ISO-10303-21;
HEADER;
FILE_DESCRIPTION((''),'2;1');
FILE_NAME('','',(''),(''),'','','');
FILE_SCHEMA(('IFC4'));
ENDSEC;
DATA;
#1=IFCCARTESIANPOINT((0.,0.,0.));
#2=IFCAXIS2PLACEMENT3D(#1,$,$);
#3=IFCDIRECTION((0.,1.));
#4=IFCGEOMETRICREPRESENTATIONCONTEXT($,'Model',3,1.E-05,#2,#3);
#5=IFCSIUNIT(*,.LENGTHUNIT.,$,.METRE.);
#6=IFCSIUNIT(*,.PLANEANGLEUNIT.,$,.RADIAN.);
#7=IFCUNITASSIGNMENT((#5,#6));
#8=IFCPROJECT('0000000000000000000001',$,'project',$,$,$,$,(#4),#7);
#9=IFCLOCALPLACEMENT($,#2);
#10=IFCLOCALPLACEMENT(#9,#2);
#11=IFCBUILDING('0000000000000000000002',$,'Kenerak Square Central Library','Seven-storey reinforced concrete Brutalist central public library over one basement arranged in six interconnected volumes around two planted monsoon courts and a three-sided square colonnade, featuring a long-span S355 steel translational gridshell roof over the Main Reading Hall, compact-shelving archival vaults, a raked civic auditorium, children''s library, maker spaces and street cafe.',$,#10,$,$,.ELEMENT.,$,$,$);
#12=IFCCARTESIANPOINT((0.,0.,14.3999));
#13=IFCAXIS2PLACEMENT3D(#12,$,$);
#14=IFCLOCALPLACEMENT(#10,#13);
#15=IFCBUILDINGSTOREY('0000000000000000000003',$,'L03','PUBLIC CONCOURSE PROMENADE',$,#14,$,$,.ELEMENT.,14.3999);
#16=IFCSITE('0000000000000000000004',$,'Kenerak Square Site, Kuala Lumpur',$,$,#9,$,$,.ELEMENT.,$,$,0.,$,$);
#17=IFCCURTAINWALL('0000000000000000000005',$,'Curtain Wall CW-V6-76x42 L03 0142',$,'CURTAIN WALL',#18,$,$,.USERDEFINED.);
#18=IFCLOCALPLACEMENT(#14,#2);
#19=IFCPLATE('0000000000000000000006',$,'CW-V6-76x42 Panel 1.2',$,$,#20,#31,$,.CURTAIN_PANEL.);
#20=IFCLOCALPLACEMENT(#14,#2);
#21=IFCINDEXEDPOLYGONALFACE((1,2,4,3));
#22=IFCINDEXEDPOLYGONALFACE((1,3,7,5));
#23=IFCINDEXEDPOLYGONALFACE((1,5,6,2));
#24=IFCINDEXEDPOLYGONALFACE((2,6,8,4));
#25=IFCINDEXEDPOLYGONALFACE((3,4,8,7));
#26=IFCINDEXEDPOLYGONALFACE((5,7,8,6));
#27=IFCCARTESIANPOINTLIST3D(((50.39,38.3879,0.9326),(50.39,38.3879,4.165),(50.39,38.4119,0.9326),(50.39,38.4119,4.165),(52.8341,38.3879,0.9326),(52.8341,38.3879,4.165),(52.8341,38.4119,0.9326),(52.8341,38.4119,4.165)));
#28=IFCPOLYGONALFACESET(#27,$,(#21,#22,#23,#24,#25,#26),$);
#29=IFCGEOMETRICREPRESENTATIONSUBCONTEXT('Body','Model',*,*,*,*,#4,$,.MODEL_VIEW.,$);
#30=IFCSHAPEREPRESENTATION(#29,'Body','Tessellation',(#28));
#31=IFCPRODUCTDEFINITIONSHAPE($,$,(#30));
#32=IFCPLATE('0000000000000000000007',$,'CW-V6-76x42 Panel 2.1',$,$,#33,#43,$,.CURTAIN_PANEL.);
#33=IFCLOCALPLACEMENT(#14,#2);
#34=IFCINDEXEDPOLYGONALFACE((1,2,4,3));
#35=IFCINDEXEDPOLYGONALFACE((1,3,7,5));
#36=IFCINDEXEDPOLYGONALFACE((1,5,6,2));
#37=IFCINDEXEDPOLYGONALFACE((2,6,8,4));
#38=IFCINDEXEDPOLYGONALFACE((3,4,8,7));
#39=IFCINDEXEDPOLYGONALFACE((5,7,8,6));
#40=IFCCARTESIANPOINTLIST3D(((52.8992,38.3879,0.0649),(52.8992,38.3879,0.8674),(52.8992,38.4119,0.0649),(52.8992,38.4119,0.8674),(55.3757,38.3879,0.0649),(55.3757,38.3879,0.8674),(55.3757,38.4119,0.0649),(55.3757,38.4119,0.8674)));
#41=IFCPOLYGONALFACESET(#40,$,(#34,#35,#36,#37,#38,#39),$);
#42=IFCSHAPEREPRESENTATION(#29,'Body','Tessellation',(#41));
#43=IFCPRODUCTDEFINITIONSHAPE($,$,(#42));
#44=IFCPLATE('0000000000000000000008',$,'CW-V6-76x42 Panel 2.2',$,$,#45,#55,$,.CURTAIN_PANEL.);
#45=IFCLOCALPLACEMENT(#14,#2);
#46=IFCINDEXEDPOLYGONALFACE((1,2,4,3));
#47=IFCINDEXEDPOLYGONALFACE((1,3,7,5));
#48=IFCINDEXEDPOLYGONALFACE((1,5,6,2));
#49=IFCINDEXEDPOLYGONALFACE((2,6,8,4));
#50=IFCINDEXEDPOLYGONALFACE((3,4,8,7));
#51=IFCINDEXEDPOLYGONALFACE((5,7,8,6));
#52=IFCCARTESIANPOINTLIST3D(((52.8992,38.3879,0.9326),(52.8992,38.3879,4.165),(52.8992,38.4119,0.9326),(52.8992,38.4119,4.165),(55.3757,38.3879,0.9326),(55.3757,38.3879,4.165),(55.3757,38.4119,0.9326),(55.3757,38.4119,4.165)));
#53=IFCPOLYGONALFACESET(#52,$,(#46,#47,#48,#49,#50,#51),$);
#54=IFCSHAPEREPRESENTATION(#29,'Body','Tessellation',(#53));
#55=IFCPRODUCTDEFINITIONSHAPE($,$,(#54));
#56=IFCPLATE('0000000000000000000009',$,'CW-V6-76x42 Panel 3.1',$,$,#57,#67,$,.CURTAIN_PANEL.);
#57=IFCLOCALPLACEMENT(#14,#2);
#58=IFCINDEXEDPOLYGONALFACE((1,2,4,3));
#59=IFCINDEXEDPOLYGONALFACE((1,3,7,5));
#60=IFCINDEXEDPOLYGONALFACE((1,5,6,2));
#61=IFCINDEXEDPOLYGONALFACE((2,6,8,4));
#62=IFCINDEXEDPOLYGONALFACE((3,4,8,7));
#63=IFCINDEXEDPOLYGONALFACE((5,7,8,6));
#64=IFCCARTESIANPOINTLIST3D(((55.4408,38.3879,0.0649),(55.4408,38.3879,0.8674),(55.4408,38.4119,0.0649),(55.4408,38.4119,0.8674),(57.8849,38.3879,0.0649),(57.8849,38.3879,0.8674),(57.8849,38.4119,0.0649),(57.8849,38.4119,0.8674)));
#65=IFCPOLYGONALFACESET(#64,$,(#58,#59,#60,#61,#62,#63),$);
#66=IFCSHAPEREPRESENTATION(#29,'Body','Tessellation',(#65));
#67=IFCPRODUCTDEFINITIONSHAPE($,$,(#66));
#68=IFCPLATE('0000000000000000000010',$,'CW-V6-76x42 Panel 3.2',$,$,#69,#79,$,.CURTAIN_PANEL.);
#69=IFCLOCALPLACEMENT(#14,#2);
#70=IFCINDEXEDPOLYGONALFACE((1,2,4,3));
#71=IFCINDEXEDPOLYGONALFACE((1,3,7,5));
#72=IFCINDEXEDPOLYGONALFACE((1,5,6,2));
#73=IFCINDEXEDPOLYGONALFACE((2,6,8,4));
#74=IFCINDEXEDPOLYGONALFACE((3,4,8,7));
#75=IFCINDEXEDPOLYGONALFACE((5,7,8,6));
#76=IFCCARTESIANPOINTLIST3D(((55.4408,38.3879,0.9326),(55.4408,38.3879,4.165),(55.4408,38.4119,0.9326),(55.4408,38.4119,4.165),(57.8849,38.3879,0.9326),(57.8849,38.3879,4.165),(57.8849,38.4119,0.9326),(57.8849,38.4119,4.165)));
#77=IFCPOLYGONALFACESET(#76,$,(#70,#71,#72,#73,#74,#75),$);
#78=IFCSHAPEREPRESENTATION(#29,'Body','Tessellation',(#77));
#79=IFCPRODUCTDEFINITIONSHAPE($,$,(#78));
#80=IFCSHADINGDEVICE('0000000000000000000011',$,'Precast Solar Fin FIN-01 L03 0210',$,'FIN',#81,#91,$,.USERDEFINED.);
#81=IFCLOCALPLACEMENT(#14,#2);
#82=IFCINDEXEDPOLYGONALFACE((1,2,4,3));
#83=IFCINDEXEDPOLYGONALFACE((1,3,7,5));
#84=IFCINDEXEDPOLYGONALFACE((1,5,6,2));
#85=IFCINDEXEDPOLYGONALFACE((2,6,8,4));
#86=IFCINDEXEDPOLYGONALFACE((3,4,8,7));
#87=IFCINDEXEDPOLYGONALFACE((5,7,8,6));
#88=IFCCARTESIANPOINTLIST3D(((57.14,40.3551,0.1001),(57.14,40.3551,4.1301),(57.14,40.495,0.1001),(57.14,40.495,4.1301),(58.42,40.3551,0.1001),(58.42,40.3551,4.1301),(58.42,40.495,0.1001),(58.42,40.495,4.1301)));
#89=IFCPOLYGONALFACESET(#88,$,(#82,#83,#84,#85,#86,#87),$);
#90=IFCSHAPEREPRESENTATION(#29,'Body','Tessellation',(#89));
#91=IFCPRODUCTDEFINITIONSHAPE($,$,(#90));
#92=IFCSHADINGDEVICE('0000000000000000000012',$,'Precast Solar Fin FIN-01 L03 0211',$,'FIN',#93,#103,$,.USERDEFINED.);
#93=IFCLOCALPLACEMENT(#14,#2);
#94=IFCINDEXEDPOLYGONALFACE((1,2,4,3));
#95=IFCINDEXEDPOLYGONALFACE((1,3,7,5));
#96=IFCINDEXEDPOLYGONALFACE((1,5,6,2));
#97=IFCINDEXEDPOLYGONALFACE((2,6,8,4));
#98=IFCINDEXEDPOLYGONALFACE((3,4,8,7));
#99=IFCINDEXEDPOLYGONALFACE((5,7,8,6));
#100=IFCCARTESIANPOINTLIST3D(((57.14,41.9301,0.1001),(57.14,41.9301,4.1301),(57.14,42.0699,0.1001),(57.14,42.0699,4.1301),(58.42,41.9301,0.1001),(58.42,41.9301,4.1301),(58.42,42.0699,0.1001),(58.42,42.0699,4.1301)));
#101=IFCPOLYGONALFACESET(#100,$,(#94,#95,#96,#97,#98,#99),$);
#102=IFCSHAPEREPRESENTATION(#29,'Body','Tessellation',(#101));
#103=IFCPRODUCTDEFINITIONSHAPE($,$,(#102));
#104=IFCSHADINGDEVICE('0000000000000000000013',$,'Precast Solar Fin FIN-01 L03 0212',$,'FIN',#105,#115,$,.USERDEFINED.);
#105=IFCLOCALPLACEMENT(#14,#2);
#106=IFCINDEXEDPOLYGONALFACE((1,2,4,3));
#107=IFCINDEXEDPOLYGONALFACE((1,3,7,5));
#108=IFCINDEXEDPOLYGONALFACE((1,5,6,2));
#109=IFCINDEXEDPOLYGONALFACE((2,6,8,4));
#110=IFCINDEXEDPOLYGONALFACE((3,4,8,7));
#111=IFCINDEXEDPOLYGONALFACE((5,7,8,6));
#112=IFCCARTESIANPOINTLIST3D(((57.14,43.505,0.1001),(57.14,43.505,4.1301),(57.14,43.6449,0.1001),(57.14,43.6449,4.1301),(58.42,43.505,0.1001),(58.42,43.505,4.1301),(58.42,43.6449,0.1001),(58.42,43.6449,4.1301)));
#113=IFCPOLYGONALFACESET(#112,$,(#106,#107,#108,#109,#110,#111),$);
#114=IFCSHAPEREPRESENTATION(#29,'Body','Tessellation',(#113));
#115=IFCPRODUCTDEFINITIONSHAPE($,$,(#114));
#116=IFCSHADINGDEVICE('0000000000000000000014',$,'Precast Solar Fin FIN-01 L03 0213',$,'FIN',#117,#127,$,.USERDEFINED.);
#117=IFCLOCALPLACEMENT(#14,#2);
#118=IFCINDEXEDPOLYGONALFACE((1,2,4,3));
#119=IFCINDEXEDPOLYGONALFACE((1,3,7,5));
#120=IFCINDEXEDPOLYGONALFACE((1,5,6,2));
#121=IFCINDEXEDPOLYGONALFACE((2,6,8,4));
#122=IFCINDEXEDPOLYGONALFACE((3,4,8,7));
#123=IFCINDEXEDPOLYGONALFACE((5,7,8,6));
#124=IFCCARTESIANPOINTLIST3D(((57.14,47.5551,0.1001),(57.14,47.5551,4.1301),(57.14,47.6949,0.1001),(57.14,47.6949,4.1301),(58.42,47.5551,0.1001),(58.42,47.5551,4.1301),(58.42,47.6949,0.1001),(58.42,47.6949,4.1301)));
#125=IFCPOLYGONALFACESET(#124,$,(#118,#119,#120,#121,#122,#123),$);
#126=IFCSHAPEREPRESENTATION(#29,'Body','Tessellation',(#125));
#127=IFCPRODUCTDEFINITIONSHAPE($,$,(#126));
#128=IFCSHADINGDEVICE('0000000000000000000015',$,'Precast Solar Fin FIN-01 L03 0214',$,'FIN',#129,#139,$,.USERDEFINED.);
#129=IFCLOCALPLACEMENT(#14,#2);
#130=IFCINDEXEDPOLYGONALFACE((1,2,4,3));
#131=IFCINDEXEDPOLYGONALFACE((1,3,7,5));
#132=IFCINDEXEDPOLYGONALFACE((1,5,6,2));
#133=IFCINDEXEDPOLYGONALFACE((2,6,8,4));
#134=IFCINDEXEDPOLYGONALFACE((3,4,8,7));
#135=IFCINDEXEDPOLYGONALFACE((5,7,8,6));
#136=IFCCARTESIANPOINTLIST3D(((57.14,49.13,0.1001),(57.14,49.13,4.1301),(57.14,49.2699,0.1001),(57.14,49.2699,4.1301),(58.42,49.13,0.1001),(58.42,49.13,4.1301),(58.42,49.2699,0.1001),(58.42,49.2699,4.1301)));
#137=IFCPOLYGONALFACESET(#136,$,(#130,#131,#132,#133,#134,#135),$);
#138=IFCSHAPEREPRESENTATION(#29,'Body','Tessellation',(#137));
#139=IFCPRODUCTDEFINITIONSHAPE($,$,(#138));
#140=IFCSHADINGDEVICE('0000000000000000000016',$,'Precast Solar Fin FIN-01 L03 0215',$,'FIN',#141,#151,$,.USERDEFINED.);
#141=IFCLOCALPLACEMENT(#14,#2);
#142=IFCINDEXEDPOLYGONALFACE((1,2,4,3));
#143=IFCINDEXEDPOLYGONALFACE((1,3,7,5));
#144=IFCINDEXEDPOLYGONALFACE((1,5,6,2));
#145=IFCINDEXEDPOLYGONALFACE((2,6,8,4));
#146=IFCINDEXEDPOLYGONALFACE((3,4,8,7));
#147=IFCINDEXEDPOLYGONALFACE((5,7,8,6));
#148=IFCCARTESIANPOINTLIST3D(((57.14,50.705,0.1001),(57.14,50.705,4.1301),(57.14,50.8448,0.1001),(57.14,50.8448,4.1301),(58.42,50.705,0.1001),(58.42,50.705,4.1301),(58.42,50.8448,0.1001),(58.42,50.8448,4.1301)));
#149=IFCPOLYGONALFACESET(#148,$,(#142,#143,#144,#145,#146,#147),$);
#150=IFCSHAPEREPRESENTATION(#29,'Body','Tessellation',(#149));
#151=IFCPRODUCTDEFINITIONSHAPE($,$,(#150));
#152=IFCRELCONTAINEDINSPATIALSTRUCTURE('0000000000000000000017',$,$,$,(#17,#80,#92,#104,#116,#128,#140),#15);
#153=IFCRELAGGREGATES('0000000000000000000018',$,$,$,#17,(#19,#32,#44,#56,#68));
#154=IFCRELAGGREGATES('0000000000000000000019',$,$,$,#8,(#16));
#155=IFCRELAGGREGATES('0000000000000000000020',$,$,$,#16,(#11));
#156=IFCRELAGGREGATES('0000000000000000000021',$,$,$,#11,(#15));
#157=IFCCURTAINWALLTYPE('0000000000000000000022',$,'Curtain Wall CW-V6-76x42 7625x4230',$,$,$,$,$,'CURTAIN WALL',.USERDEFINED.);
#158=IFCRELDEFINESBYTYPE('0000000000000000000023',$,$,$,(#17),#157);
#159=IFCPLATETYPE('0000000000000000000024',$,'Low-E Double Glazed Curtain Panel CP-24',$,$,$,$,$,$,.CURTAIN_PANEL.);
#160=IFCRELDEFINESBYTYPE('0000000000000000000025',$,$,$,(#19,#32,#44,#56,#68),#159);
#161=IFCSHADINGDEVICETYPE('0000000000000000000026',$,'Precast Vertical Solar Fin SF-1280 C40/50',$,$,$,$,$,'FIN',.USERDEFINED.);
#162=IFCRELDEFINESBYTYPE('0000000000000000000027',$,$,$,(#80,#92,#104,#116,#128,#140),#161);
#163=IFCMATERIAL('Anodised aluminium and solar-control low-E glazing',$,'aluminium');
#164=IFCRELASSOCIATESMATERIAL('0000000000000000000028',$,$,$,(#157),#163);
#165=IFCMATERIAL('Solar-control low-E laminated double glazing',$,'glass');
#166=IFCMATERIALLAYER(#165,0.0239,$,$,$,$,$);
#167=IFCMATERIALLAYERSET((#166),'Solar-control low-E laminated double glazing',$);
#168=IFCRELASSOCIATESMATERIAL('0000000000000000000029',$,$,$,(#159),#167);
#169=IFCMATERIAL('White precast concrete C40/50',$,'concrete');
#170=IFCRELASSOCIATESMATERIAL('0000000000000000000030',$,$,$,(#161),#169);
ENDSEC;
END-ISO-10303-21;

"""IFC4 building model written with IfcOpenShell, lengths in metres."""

from ifc_helpers import new_model, si_unit, direction, frame, origin, origin_2d, place, context, subcontext, project, spatial, rectangle, extrude, material, layer, layer_set, type_object, element, aggregate, save


model = new_model("IFC4")

# Units and contexts
model_context = context("Model", 3, precision=1e-05, world=origin(), true_north=direction((0.0, 1.0)))
body_context = subcontext(model_context, "Body", "Model", "MODEL_VIEW")
ifc_project = project(units=[si_unit("LENGTHUNIT", "METRE"), si_unit("PLANEANGLEUNIT", "RADIAN")], contexts=[model_context])

# Site, building, storey
site_placement = place(None, origin())
site = spatial("IfcSite", under=ifc_project, at=site_placement, Name="Kenerak Square Site, Kuala Lumpur", CompositionType="ELEMENT", RefElevation=0.0)
building_placement = place(site_placement, origin())
building = spatial("IfcBuilding", under=site, at=building_placement, Name="Kenerak Square Central Library", Description="Seven-storey reinforced concrete Brutalist central public library over one basement arranged in six interconnected volumes around two planted monsoon courts and a three-sided square colonnade, featuring a long-span S355 steel translational gridshell roof over the Main Reading Hall, compact-shelving archival vaults, a raked civic auditorium, children's library, maker spaces and street cafe.", CompositionType="ELEMENT")
storey_placement = place(building_placement, frame((0.0, 0.0, 14.3999)))
storey = spatial("IfcBuildingStorey", under=building, at=storey_placement, Name="L03", Description="PUBLIC CONCOURSE PROMENADE", CompositionType="ELEMENT", Elevation=14.3999)

# Curtain wall, plates
ifc_material_1 = material(Name="Anodised aluminium and solar-control low-E glazing", Category="aluminium")
curtain_wall_type = type_object("IfcCurtainWallType", Name="Curtain Wall CW-V6-76x42 7625x4230", ElementType="CURTAIN WALL", PredefinedType="USERDEFINED", material=ifc_material_1)
curtain_wall_placement = place(storey_placement, origin())
curtain_wall = element("IfcCurtainWall", 1, at=curtain_wall_placement, inside=storey, type_object=curtain_wall_type, Name="Curtain Wall CW-V6-76x42 L03 0142", ObjectType="CURTAIN WALL", PredefinedType="USERDEFINED")
ifc_material_2 = material(Name="Solar-control low-E laminated double glazing", Category="glass")
ifc_layer = layer(ifc_material_2, 0.0239)
ifc_layer_set = layer_set([ifc_layer], Name="Solar-control low-E laminated double glazing")
plate_type = type_object("IfcPlateType", Name="Low-E Double Glazed Curtain Panel CP-24", PredefinedType="CURTAIN_PANEL", material=ifc_layer_set)
plate_1_placement = place(storey_placement, frame((51.6121, 38.3999, 0.9326), z_axis=(0.0, 0.0, 1.0), x_axis=(1.0, 0.0, 0.0)))
plate_1 = element("IfcPlate", 2, at=plate_1_placement, type_object=plate_type, Name="CW-V6-76x42 Panel 1.2", PredefinedType="CURTAIN_PANEL", context=body_context, shape_type="SweptSolid", body=[
    extrude(rectangle(XDim=2.4441, YDim=0.0239, at=origin_2d()), origin(), (0.0, 0.0, 1.0), 3.2324),
])
plate_2_placement = place(storey_placement, frame((54.1375, 38.3999, 0.0649), z_axis=(0.0, 0.0, 1.0), x_axis=(1.0, 0.0, 0.0)))
plate_2 = element("IfcPlate", 3, at=plate_2_placement, type_object=plate_type, Name="CW-V6-76x42 Panel 2.1", PredefinedType="CURTAIN_PANEL", context=body_context, shape_type="SweptSolid", body=[
    extrude(rectangle(XDim=2.4766, YDim=0.0239, at=origin_2d()), origin(), (0.0, 0.0, 1.0), 0.8025),
])
plate_3_placement = place(storey_placement, frame((54.1375, 38.3999, 0.9326), z_axis=(0.0, 0.0, 1.0), x_axis=(1.0, 0.0, 0.0)))
plate_3 = element("IfcPlate", 4, at=plate_3_placement, type_object=plate_type, Name="CW-V6-76x42 Panel 2.2", PredefinedType="CURTAIN_PANEL", context=body_context, shape_type="SweptSolid", body=[
    extrude(rectangle(XDim=2.4766, YDim=0.0239, at=origin_2d()), origin(), (0.0, 0.0, 1.0), 3.2324),
])
plate_4_placement = place(storey_placement, frame((56.6628, 38.3999, 0.0649), z_axis=(0.0, 0.0, 1.0), x_axis=(1.0, 0.0, 0.0)))
plate_4 = element("IfcPlate", 5, at=plate_4_placement, type_object=plate_type, Name="CW-V6-76x42 Panel 3.1", PredefinedType="CURTAIN_PANEL", context=body_context, shape_type="SweptSolid", body=[
    extrude(rectangle(XDim=2.4441, YDim=0.0239, at=origin_2d()), origin(), (0.0, 0.0, 1.0), 0.8025),
])
plate_5_placement = place(storey_placement, frame((56.6628, 38.3999, 0.9326), z_axis=(0.0, 0.0, 1.0), x_axis=(1.0, 0.0, 0.0)))
plate_5 = element("IfcPlate", 6, at=plate_5_placement, type_object=plate_type, Name="CW-V6-76x42 Panel 3.2", PredefinedType="CURTAIN_PANEL", context=body_context, shape_type="SweptSolid", body=[
    extrude(rectangle(XDim=2.4441, YDim=0.0239, at=origin_2d()), origin(), (0.0, 0.0, 1.0), 3.2324),
])
aggregate(curtain_wall, [plate_1, plate_2, plate_3, plate_4, plate_5])

# Shading devices
ifc_material_3 = material(Name="White precast concrete C40/50", Category="concrete")
shading_device_type = type_object("IfcShadingDeviceType", Name="Precast Vertical Solar Fin SF-1280 C40/50", ElementType="FIN", PredefinedType="USERDEFINED", material=ifc_material_3)
for number, where, z_axis, x_axis, name in (
    (7, (57.78, 40.425, 0.1001), (0.0, 0.0, 1.0), (0.0, 1.0, 0.0), "Precast Solar Fin FIN-01 L03 0210"),
    (8, (57.78, 42.0, 0.1001), (0.0, 0.0, 1.0), (0.0, 1.0, 0.0), "Precast Solar Fin FIN-01 L03 0211"),
    (9, (57.78, 43.575, 0.1001), (0.0, 0.0, 1.0), (0.0, 1.0, 0.0), "Precast Solar Fin FIN-01 L03 0212"),
    (10, (57.78, 47.625, 0.1001), (0.0, 0.0, 1.0), (0.0, 1.0, 0.0), "Precast Solar Fin FIN-01 L03 0213"),
    (11, (57.78, 49.2, 0.1001), (0.0, 0.0, 1.0), (0.0, 1.0, 0.0), "Precast Solar Fin FIN-01 L03 0214"),
    (12, (57.78, 50.7749, 0.1001), (0.0, 0.0, 1.0), (0.0, 1.0, 0.0), "Precast Solar Fin FIN-01 L03 0215"),
):
    element("IfcShadingDevice", number, at=place(storey_placement, frame(where, z_axis=z_axis, x_axis=x_axis)), inside=storey, type_object=shading_device_type, Name=name, ObjectType="FIN", PredefinedType="USERDEFINED", context=body_context, shape_type="SweptSolid", body=[
        extrude(rectangle(XDim=0.1399, YDim=1.28, at=origin_2d()), origin(), (0.0, 0.0, 1.0), 4.03),
    ])

save(model, "model.ifc")
